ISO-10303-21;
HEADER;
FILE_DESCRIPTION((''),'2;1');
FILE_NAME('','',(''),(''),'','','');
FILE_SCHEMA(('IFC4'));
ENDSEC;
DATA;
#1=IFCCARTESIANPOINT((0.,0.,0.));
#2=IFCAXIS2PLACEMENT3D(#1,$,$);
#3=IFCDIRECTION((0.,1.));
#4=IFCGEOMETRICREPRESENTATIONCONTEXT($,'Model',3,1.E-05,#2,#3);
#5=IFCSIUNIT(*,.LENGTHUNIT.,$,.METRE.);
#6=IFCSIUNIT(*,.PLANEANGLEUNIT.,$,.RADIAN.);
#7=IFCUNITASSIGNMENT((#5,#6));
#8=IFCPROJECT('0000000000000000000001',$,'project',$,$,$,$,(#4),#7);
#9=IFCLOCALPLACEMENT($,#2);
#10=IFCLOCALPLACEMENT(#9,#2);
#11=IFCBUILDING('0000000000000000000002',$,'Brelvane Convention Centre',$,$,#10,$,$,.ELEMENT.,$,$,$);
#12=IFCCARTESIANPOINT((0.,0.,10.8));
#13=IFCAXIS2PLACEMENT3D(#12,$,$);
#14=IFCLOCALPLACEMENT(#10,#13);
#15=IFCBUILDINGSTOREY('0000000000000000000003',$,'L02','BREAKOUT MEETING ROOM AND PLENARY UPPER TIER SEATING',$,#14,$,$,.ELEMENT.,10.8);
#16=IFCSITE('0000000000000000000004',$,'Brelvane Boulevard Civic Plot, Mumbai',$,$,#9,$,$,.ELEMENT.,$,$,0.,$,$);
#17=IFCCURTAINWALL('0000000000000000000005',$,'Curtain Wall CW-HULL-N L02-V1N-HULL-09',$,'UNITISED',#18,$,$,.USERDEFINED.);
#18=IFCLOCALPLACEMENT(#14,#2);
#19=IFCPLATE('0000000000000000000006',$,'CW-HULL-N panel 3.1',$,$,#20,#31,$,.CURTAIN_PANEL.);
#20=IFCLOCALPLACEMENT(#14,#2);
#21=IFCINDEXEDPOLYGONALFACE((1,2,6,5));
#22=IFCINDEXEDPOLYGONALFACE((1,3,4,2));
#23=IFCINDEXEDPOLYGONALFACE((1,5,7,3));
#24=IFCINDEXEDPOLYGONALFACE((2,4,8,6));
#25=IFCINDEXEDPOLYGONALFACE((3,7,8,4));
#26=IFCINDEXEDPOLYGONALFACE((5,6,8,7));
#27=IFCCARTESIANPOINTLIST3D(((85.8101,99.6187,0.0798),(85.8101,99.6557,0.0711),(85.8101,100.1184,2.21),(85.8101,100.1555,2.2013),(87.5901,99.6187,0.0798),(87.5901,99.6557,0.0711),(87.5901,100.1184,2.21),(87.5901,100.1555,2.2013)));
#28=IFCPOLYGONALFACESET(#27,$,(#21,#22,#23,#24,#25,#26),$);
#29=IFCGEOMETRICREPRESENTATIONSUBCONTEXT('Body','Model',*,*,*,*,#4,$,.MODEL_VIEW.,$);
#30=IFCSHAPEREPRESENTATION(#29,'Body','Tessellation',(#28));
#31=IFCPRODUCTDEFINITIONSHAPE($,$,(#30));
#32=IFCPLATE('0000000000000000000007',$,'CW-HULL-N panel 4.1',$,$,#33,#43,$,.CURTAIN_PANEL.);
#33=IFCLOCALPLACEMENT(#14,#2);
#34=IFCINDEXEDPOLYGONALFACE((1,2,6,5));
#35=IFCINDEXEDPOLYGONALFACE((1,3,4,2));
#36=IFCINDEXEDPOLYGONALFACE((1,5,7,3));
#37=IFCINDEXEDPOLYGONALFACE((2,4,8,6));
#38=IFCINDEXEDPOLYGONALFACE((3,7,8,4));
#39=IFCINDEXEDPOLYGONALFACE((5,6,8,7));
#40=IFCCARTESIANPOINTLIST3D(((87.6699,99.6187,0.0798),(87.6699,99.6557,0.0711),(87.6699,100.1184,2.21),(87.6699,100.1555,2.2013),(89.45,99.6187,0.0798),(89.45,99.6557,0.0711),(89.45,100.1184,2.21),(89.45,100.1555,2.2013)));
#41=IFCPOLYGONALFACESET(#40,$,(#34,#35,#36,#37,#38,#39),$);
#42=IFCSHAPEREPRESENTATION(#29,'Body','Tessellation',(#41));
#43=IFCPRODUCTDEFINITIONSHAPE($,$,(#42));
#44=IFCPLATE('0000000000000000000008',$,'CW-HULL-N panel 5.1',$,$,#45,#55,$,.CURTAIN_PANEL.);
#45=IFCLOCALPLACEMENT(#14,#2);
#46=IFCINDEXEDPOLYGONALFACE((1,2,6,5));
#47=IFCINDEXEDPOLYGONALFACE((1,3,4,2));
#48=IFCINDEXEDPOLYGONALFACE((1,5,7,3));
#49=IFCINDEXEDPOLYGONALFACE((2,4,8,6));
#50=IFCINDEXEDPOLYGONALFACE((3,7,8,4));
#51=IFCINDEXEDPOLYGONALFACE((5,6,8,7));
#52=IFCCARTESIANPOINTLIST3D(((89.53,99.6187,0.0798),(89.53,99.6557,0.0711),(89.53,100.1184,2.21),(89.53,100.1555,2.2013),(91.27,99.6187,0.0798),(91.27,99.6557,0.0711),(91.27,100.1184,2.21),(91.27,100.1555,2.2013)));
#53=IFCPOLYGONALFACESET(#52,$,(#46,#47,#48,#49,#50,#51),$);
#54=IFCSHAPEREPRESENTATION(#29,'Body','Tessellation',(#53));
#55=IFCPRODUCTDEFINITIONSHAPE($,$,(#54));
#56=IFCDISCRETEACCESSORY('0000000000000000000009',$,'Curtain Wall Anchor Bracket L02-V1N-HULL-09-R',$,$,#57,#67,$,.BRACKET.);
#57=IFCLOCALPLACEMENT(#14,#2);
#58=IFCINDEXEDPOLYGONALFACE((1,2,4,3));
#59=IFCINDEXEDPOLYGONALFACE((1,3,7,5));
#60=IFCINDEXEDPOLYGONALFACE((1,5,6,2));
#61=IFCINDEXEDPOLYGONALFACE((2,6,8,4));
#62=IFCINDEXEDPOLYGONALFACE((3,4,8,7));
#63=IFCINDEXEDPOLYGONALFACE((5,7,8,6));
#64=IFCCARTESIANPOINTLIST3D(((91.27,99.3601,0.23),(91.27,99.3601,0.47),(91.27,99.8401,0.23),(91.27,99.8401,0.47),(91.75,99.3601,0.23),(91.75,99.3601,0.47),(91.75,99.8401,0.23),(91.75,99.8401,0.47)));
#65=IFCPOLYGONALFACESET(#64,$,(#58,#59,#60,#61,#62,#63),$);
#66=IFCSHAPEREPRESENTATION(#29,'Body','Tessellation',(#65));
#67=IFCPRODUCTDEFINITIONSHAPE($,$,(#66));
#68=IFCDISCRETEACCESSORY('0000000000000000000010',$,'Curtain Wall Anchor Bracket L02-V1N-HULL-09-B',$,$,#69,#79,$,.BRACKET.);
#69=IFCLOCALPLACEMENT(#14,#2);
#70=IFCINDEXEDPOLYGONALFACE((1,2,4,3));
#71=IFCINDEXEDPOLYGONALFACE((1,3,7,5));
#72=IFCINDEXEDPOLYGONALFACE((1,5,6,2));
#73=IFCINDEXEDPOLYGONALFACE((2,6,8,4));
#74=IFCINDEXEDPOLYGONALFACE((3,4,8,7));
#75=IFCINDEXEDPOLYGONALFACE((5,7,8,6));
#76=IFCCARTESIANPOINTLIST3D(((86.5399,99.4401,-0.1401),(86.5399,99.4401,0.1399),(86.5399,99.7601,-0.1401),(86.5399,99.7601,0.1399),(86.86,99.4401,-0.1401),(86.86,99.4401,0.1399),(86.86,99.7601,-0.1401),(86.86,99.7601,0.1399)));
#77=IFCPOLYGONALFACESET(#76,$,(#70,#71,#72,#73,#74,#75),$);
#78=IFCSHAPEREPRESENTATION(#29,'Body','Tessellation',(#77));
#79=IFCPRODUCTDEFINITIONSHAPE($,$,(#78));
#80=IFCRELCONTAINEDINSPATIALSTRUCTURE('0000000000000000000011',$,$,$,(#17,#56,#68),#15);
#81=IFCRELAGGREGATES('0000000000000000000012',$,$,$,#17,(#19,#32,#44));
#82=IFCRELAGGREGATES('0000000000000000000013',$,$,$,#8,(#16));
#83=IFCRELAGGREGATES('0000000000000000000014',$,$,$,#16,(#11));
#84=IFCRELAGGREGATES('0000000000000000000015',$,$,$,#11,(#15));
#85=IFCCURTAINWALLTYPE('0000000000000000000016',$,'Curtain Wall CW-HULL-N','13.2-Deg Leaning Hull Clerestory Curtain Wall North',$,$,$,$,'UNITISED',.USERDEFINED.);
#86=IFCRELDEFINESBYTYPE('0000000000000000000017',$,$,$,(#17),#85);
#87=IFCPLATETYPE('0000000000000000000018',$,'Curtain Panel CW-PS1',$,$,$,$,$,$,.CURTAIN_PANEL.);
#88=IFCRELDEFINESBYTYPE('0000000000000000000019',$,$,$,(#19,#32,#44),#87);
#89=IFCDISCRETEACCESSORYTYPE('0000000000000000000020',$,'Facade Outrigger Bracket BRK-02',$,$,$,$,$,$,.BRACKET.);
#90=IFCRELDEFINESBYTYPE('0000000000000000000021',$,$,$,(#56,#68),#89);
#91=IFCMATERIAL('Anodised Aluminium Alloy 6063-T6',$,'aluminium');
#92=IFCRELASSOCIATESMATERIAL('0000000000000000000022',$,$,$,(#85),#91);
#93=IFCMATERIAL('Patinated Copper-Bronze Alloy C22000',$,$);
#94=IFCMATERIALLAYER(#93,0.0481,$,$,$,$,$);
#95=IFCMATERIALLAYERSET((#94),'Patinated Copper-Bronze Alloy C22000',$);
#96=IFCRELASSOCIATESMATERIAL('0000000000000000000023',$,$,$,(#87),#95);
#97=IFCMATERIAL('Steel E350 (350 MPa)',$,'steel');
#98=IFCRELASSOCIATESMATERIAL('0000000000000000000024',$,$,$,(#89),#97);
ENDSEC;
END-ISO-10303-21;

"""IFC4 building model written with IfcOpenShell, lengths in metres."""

from ifc_helpers import new_model, si_unit, direction, frame, origin, origin_2d, place, context, subcontext, project, spatial, polyline, rectangle, outline, extrude, material, layer, layer_set, type_object, element, aggregate, save


model = new_model("IFC4")

# Units and contexts
model_context = context("Model", 3, precision=1e-05, world=origin(), true_north=direction((0.0, 1.0)))
body_context = subcontext(model_context, "Body", "Model", "MODEL_VIEW")
ifc_project = project(units=[si_unit("LENGTHUNIT", "METRE"), si_unit("PLANEANGLEUNIT", "RADIAN")], contexts=[model_context])

# Site, building, storey
site_placement = place(None, origin())
site = spatial("IfcSite", under=ifc_project, at=site_placement, Name="Brelvane Boulevard Civic Plot, Mumbai", CompositionType="ELEMENT", RefElevation=0.0)
building_placement = place(site_placement, origin())
building = spatial("IfcBuilding", under=site, at=building_placement, Name="Brelvane Convention Centre", CompositionType="ELEMENT")
storey_placement = place(building_placement, frame((0.0, 0.0, 10.8)))
storey = spatial("IfcBuildingStorey", under=building, at=storey_placement, Name="L02", Description="BREAKOUT MEETING ROOM AND PLENARY UPPER TIER SEATING", CompositionType="ELEMENT", Elevation=10.8)

# Curtain wall, plates
ifc_material_1 = material(Name="Anodised Aluminium Alloy 6063-T6", Category="aluminium")
curtain_wall_type = type_object("IfcCurtainWallType", Name="Curtain Wall CW-HULL-N", Description="13.2-Deg Leaning Hull Clerestory Curtain Wall North", ElementType="UNITISED", PredefinedType="USERDEFINED", material=ifc_material_1)
curtain_wall_placement = place(storey_placement, origin())
curtain_wall = element("IfcCurtainWall", 1, at=curtain_wall_placement, inside=storey, type_object=curtain_wall_type, Name="Curtain Wall CW-HULL-N L02-V1N-HULL-09", ObjectType="UNITISED", PredefinedType="USERDEFINED")
ifc_material_2 = material(Name="Patinated Copper-Bronze Alloy C22000")
ifc_layer_1 = layer(ifc_material_2, 0.0481)
ifc_layer_set_1 = layer_set([ifc_layer_1], Name="Patinated Copper-Bronze Alloy C22000")
plate_type_1 = type_object("IfcPlateType", Name="Curtain Panel CW-PS1", PredefinedType="CURTAIN_PANEL", material=ifc_layer_set_1)
plate_1_placement = place(storey_placement, frame((85.8101, 99.6187, 0.0798), z_axis=(0.0, -0.973565, 0.228411), x_axis=(1.0, 0.0, 0.0)))
plate_1 = element("IfcPlate", 2, at=plate_1_placement, type_object=plate_type_1, Name="CW-HULL-N panel 3.1", PredefinedType="CURTAIN_PANEL", context=body_context, shape_type="SweptSolid", body=[
    extrude(outline(polyline([(0.0, 0.0), (1.78, 0.0), (1.78, 2.188), (0.0, 2.188), (0.0, 0.0)])), origin(), (0.0, 0.0, -1.0), 0.0381),
])
plate_2_placement = place(storey_placement, frame((87.6699, 99.6187, 0.0798), z_axis=(0.0, -0.973565, 0.228411), x_axis=(1.0, 0.0, 0.0)))
plate_2 = element("IfcPlate", 3, at=plate_2_placement, type_object=plate_type_1, Name="CW-HULL-N panel 4.1", PredefinedType="CURTAIN_PANEL", context=body_context, shape_type="SweptSolid", body=[
    extrude(outline(polyline([(0.0, 0.0), (1.78, 0.0), (1.78, 2.188), (0.0, 2.188), (0.0, 0.0)])), origin(), (0.0, 0.0, -1.0), 0.0381),
])
plate_3_placement = place(storey_placement, frame((89.53, 99.6187, 0.0798), z_axis=(0.0, -0.973565, 0.228411), x_axis=(1.0, 0.0, 0.0)))
plate_3 = element("IfcPlate", 4, at=plate_3_placement, type_object=plate_type_1, Name="CW-HULL-N panel 5.1", PredefinedType="CURTAIN_PANEL", context=body_context, shape_type="SweptSolid", body=[
    extrude(outline(polyline([(0.0, 0.0), (1.74, 0.0), (1.74, 2.188), (0.0, 2.188), (0.0, 0.0)])), origin(), (0.0, 0.0, -1.0), 0.0381),
])
aggregate(curtain_wall, [plate_1, plate_2, plate_3])

# Discrete accessories
ifc_material_3 = material(Name="Steel E350 (350 MPa)", Category="steel")
discrete_accessory_type = type_object("IfcDiscreteAccessoryType", Name="Facade Outrigger Bracket BRK-02", PredefinedType="BRACKET", material=ifc_material_3)
discrete_accessory_1_placement = place(storey_placement, frame((91.51, 99.6001, 0.23), z_axis=(0.0, 0.0, 1.0), x_axis=(1.0, 0.0, 0.0)))
element("IfcDiscreteAccessory", 5, at=discrete_accessory_1_placement, inside=storey, type_object=discrete_accessory_type, Name="Curtain Wall Anchor Bracket L02-V1N-HULL-09-R", PredefinedType="BRACKET", context=body_context, shape_type="SweptSolid", body=[
    extrude(rectangle(XDim=0.48, YDim=0.48, at=origin_2d()), origin(), (0.0, 0.0, 1.0), 0.24),
])
discrete_accessory_2_placement = place(storey_placement, frame((86.7, 99.6001, -0.1401), z_axis=(0.0, 0.0, 1.0), x_axis=(1.0, 0.0, 0.0)))
element("IfcDiscreteAccessory", 6, at=discrete_accessory_2_placement, inside=storey, type_object=discrete_accessory_type, Name="Curtain Wall Anchor Bracket L02-V1N-HULL-09-B", PredefinedType="BRACKET", context=body_context, shape_type="SweptSolid", body=[
    extrude(rectangle(XDim=0.3201, YDim=0.3201, at=origin_2d()), origin(), (0.0, 0.0, 1.0), 0.28),
])

save(model, "model.ifc")
